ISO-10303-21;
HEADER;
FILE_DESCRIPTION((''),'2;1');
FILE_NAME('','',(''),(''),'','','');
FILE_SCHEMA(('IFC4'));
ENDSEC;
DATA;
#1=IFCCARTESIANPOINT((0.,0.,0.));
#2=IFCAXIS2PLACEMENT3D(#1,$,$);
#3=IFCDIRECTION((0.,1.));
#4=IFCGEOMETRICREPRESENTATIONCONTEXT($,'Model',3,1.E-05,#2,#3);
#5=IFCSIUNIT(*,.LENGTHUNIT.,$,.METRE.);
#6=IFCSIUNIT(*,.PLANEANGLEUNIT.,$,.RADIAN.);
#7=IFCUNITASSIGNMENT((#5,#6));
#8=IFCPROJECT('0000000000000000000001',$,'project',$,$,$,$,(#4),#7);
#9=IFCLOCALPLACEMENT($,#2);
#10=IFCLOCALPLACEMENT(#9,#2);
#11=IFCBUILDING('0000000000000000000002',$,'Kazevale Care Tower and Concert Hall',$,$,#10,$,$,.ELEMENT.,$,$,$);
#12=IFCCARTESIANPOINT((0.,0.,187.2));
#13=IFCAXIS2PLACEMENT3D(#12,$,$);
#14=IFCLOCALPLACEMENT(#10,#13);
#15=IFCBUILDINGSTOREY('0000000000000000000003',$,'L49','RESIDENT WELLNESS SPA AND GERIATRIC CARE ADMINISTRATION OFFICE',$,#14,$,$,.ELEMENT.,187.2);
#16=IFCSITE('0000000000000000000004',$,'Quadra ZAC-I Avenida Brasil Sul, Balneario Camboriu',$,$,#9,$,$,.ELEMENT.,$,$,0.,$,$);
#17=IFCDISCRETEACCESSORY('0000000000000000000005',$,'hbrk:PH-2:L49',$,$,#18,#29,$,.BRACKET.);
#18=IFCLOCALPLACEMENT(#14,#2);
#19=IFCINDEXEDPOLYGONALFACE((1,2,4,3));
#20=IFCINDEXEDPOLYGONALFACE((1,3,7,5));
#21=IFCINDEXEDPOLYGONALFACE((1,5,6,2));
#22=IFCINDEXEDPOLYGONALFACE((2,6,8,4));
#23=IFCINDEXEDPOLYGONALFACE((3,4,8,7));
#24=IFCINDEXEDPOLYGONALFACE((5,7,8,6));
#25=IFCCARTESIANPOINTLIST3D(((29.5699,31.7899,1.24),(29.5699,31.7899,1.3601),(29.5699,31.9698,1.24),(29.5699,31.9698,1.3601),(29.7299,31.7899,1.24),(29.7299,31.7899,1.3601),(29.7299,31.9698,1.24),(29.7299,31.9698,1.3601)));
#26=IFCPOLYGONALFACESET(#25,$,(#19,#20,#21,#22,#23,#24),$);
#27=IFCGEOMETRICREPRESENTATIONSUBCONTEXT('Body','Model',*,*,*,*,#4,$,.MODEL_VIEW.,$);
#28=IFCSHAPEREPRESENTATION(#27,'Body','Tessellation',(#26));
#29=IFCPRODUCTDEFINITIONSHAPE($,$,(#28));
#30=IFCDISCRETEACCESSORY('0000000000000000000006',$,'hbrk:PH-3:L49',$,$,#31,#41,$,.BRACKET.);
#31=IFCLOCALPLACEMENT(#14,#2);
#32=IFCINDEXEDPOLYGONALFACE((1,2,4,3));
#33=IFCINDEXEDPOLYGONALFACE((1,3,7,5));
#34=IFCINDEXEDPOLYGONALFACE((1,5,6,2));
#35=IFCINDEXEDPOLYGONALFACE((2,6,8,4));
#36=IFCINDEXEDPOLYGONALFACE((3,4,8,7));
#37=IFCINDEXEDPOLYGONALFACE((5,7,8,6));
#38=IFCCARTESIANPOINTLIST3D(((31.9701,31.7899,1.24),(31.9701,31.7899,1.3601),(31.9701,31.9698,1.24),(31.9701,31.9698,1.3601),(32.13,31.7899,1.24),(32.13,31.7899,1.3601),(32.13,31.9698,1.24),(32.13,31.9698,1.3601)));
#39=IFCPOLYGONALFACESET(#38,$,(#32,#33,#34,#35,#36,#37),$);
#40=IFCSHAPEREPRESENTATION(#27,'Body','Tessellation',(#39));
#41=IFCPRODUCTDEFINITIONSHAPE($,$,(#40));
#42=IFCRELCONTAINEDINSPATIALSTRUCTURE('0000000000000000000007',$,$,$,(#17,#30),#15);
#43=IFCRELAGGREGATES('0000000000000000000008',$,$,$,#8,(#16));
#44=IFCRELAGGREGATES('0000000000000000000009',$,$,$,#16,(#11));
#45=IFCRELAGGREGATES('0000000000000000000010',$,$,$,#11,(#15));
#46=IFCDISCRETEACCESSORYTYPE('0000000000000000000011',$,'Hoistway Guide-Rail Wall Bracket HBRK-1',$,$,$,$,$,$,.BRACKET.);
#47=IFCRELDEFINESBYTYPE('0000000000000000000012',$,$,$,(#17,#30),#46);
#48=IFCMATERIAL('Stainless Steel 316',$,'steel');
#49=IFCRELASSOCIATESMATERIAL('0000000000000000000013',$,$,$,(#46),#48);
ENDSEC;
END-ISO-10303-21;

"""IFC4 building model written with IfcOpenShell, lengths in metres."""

from ifc_helpers import new_model, si_unit, direction, frame, origin, origin_2d, place, context, subcontext, project, spatial, rectangle, extrude, material, type_object, element, save


model = new_model("IFC4")

# Units and contexts
model_context = context("Model", 3, precision=1e-05, world=origin(), true_north=direction((0.0, 1.0)))
body_context = subcontext(model_context, "Body", "Model", "MODEL_VIEW")
ifc_project = project(units=[si_unit("LENGTHUNIT", "METRE"), si_unit("PLANEANGLEUNIT", "RADIAN")], contexts=[model_context])

# Site, building, storey
site_placement = place(None, origin())
site = spatial("IfcSite", under=ifc_project, at=site_placement, Name="Quadra ZAC-I Avenida Brasil Sul, Balneario Camboriu", CompositionType="ELEMENT", RefElevation=0.0)
building_placement = place(site_placement, origin())
building = spatial("IfcBuilding", under=site, at=building_placement, Name="Kazevale Care Tower and Concert Hall", CompositionType="ELEMENT")
storey_placement = place(building_placement, frame((0.0, 0.0, 187.2)))
storey = spatial("IfcBuildingStorey", under=building, at=storey_placement, Name="L49", Description="RESIDENT WELLNESS SPA AND GERIATRIC CARE ADMINISTRATION OFFICE", CompositionType="ELEMENT", Elevation=187.2)

# Shared definitions
ifc_material_1 = material(Name="Stainless Steel 316", Category="steel")

# Discrete accessories
discrete_accessory_type = type_object("IfcDiscreteAccessoryType", Name="Hoistway Guide-Rail Wall Bracket HBRK-1", PredefinedType="BRACKET", material=ifc_material_1)
for number, where, z_axis, x_axis, name in (
    (1, (29.6499, 31.8799, 1.24), (0.0, 0.0, 1.0), (1.0, 0.0, 0.0), "hbrk:PH-2:L49"),
    (2, (32.05, 31.8799, 1.24), (0.0, 0.0, 1.0), (1.0, 0.0, 0.0), "hbrk:PH-3:L49"),
):
    element("IfcDiscreteAccessory", number, at=place(storey_placement, frame(where, z_axis=z_axis, x_axis=x_axis)), inside=storey, type_object=discrete_accessory_type, Name=name, PredefinedType="BRACKET", context=body_context, shape_type="SweptSolid", body=[
        extrude(rectangle(XDim=0.1599, YDim=0.1799, at=origin_2d()), origin(), (0.0, 0.0, 1.0), 0.1201),
    ])

save(model, "model.ifc")
